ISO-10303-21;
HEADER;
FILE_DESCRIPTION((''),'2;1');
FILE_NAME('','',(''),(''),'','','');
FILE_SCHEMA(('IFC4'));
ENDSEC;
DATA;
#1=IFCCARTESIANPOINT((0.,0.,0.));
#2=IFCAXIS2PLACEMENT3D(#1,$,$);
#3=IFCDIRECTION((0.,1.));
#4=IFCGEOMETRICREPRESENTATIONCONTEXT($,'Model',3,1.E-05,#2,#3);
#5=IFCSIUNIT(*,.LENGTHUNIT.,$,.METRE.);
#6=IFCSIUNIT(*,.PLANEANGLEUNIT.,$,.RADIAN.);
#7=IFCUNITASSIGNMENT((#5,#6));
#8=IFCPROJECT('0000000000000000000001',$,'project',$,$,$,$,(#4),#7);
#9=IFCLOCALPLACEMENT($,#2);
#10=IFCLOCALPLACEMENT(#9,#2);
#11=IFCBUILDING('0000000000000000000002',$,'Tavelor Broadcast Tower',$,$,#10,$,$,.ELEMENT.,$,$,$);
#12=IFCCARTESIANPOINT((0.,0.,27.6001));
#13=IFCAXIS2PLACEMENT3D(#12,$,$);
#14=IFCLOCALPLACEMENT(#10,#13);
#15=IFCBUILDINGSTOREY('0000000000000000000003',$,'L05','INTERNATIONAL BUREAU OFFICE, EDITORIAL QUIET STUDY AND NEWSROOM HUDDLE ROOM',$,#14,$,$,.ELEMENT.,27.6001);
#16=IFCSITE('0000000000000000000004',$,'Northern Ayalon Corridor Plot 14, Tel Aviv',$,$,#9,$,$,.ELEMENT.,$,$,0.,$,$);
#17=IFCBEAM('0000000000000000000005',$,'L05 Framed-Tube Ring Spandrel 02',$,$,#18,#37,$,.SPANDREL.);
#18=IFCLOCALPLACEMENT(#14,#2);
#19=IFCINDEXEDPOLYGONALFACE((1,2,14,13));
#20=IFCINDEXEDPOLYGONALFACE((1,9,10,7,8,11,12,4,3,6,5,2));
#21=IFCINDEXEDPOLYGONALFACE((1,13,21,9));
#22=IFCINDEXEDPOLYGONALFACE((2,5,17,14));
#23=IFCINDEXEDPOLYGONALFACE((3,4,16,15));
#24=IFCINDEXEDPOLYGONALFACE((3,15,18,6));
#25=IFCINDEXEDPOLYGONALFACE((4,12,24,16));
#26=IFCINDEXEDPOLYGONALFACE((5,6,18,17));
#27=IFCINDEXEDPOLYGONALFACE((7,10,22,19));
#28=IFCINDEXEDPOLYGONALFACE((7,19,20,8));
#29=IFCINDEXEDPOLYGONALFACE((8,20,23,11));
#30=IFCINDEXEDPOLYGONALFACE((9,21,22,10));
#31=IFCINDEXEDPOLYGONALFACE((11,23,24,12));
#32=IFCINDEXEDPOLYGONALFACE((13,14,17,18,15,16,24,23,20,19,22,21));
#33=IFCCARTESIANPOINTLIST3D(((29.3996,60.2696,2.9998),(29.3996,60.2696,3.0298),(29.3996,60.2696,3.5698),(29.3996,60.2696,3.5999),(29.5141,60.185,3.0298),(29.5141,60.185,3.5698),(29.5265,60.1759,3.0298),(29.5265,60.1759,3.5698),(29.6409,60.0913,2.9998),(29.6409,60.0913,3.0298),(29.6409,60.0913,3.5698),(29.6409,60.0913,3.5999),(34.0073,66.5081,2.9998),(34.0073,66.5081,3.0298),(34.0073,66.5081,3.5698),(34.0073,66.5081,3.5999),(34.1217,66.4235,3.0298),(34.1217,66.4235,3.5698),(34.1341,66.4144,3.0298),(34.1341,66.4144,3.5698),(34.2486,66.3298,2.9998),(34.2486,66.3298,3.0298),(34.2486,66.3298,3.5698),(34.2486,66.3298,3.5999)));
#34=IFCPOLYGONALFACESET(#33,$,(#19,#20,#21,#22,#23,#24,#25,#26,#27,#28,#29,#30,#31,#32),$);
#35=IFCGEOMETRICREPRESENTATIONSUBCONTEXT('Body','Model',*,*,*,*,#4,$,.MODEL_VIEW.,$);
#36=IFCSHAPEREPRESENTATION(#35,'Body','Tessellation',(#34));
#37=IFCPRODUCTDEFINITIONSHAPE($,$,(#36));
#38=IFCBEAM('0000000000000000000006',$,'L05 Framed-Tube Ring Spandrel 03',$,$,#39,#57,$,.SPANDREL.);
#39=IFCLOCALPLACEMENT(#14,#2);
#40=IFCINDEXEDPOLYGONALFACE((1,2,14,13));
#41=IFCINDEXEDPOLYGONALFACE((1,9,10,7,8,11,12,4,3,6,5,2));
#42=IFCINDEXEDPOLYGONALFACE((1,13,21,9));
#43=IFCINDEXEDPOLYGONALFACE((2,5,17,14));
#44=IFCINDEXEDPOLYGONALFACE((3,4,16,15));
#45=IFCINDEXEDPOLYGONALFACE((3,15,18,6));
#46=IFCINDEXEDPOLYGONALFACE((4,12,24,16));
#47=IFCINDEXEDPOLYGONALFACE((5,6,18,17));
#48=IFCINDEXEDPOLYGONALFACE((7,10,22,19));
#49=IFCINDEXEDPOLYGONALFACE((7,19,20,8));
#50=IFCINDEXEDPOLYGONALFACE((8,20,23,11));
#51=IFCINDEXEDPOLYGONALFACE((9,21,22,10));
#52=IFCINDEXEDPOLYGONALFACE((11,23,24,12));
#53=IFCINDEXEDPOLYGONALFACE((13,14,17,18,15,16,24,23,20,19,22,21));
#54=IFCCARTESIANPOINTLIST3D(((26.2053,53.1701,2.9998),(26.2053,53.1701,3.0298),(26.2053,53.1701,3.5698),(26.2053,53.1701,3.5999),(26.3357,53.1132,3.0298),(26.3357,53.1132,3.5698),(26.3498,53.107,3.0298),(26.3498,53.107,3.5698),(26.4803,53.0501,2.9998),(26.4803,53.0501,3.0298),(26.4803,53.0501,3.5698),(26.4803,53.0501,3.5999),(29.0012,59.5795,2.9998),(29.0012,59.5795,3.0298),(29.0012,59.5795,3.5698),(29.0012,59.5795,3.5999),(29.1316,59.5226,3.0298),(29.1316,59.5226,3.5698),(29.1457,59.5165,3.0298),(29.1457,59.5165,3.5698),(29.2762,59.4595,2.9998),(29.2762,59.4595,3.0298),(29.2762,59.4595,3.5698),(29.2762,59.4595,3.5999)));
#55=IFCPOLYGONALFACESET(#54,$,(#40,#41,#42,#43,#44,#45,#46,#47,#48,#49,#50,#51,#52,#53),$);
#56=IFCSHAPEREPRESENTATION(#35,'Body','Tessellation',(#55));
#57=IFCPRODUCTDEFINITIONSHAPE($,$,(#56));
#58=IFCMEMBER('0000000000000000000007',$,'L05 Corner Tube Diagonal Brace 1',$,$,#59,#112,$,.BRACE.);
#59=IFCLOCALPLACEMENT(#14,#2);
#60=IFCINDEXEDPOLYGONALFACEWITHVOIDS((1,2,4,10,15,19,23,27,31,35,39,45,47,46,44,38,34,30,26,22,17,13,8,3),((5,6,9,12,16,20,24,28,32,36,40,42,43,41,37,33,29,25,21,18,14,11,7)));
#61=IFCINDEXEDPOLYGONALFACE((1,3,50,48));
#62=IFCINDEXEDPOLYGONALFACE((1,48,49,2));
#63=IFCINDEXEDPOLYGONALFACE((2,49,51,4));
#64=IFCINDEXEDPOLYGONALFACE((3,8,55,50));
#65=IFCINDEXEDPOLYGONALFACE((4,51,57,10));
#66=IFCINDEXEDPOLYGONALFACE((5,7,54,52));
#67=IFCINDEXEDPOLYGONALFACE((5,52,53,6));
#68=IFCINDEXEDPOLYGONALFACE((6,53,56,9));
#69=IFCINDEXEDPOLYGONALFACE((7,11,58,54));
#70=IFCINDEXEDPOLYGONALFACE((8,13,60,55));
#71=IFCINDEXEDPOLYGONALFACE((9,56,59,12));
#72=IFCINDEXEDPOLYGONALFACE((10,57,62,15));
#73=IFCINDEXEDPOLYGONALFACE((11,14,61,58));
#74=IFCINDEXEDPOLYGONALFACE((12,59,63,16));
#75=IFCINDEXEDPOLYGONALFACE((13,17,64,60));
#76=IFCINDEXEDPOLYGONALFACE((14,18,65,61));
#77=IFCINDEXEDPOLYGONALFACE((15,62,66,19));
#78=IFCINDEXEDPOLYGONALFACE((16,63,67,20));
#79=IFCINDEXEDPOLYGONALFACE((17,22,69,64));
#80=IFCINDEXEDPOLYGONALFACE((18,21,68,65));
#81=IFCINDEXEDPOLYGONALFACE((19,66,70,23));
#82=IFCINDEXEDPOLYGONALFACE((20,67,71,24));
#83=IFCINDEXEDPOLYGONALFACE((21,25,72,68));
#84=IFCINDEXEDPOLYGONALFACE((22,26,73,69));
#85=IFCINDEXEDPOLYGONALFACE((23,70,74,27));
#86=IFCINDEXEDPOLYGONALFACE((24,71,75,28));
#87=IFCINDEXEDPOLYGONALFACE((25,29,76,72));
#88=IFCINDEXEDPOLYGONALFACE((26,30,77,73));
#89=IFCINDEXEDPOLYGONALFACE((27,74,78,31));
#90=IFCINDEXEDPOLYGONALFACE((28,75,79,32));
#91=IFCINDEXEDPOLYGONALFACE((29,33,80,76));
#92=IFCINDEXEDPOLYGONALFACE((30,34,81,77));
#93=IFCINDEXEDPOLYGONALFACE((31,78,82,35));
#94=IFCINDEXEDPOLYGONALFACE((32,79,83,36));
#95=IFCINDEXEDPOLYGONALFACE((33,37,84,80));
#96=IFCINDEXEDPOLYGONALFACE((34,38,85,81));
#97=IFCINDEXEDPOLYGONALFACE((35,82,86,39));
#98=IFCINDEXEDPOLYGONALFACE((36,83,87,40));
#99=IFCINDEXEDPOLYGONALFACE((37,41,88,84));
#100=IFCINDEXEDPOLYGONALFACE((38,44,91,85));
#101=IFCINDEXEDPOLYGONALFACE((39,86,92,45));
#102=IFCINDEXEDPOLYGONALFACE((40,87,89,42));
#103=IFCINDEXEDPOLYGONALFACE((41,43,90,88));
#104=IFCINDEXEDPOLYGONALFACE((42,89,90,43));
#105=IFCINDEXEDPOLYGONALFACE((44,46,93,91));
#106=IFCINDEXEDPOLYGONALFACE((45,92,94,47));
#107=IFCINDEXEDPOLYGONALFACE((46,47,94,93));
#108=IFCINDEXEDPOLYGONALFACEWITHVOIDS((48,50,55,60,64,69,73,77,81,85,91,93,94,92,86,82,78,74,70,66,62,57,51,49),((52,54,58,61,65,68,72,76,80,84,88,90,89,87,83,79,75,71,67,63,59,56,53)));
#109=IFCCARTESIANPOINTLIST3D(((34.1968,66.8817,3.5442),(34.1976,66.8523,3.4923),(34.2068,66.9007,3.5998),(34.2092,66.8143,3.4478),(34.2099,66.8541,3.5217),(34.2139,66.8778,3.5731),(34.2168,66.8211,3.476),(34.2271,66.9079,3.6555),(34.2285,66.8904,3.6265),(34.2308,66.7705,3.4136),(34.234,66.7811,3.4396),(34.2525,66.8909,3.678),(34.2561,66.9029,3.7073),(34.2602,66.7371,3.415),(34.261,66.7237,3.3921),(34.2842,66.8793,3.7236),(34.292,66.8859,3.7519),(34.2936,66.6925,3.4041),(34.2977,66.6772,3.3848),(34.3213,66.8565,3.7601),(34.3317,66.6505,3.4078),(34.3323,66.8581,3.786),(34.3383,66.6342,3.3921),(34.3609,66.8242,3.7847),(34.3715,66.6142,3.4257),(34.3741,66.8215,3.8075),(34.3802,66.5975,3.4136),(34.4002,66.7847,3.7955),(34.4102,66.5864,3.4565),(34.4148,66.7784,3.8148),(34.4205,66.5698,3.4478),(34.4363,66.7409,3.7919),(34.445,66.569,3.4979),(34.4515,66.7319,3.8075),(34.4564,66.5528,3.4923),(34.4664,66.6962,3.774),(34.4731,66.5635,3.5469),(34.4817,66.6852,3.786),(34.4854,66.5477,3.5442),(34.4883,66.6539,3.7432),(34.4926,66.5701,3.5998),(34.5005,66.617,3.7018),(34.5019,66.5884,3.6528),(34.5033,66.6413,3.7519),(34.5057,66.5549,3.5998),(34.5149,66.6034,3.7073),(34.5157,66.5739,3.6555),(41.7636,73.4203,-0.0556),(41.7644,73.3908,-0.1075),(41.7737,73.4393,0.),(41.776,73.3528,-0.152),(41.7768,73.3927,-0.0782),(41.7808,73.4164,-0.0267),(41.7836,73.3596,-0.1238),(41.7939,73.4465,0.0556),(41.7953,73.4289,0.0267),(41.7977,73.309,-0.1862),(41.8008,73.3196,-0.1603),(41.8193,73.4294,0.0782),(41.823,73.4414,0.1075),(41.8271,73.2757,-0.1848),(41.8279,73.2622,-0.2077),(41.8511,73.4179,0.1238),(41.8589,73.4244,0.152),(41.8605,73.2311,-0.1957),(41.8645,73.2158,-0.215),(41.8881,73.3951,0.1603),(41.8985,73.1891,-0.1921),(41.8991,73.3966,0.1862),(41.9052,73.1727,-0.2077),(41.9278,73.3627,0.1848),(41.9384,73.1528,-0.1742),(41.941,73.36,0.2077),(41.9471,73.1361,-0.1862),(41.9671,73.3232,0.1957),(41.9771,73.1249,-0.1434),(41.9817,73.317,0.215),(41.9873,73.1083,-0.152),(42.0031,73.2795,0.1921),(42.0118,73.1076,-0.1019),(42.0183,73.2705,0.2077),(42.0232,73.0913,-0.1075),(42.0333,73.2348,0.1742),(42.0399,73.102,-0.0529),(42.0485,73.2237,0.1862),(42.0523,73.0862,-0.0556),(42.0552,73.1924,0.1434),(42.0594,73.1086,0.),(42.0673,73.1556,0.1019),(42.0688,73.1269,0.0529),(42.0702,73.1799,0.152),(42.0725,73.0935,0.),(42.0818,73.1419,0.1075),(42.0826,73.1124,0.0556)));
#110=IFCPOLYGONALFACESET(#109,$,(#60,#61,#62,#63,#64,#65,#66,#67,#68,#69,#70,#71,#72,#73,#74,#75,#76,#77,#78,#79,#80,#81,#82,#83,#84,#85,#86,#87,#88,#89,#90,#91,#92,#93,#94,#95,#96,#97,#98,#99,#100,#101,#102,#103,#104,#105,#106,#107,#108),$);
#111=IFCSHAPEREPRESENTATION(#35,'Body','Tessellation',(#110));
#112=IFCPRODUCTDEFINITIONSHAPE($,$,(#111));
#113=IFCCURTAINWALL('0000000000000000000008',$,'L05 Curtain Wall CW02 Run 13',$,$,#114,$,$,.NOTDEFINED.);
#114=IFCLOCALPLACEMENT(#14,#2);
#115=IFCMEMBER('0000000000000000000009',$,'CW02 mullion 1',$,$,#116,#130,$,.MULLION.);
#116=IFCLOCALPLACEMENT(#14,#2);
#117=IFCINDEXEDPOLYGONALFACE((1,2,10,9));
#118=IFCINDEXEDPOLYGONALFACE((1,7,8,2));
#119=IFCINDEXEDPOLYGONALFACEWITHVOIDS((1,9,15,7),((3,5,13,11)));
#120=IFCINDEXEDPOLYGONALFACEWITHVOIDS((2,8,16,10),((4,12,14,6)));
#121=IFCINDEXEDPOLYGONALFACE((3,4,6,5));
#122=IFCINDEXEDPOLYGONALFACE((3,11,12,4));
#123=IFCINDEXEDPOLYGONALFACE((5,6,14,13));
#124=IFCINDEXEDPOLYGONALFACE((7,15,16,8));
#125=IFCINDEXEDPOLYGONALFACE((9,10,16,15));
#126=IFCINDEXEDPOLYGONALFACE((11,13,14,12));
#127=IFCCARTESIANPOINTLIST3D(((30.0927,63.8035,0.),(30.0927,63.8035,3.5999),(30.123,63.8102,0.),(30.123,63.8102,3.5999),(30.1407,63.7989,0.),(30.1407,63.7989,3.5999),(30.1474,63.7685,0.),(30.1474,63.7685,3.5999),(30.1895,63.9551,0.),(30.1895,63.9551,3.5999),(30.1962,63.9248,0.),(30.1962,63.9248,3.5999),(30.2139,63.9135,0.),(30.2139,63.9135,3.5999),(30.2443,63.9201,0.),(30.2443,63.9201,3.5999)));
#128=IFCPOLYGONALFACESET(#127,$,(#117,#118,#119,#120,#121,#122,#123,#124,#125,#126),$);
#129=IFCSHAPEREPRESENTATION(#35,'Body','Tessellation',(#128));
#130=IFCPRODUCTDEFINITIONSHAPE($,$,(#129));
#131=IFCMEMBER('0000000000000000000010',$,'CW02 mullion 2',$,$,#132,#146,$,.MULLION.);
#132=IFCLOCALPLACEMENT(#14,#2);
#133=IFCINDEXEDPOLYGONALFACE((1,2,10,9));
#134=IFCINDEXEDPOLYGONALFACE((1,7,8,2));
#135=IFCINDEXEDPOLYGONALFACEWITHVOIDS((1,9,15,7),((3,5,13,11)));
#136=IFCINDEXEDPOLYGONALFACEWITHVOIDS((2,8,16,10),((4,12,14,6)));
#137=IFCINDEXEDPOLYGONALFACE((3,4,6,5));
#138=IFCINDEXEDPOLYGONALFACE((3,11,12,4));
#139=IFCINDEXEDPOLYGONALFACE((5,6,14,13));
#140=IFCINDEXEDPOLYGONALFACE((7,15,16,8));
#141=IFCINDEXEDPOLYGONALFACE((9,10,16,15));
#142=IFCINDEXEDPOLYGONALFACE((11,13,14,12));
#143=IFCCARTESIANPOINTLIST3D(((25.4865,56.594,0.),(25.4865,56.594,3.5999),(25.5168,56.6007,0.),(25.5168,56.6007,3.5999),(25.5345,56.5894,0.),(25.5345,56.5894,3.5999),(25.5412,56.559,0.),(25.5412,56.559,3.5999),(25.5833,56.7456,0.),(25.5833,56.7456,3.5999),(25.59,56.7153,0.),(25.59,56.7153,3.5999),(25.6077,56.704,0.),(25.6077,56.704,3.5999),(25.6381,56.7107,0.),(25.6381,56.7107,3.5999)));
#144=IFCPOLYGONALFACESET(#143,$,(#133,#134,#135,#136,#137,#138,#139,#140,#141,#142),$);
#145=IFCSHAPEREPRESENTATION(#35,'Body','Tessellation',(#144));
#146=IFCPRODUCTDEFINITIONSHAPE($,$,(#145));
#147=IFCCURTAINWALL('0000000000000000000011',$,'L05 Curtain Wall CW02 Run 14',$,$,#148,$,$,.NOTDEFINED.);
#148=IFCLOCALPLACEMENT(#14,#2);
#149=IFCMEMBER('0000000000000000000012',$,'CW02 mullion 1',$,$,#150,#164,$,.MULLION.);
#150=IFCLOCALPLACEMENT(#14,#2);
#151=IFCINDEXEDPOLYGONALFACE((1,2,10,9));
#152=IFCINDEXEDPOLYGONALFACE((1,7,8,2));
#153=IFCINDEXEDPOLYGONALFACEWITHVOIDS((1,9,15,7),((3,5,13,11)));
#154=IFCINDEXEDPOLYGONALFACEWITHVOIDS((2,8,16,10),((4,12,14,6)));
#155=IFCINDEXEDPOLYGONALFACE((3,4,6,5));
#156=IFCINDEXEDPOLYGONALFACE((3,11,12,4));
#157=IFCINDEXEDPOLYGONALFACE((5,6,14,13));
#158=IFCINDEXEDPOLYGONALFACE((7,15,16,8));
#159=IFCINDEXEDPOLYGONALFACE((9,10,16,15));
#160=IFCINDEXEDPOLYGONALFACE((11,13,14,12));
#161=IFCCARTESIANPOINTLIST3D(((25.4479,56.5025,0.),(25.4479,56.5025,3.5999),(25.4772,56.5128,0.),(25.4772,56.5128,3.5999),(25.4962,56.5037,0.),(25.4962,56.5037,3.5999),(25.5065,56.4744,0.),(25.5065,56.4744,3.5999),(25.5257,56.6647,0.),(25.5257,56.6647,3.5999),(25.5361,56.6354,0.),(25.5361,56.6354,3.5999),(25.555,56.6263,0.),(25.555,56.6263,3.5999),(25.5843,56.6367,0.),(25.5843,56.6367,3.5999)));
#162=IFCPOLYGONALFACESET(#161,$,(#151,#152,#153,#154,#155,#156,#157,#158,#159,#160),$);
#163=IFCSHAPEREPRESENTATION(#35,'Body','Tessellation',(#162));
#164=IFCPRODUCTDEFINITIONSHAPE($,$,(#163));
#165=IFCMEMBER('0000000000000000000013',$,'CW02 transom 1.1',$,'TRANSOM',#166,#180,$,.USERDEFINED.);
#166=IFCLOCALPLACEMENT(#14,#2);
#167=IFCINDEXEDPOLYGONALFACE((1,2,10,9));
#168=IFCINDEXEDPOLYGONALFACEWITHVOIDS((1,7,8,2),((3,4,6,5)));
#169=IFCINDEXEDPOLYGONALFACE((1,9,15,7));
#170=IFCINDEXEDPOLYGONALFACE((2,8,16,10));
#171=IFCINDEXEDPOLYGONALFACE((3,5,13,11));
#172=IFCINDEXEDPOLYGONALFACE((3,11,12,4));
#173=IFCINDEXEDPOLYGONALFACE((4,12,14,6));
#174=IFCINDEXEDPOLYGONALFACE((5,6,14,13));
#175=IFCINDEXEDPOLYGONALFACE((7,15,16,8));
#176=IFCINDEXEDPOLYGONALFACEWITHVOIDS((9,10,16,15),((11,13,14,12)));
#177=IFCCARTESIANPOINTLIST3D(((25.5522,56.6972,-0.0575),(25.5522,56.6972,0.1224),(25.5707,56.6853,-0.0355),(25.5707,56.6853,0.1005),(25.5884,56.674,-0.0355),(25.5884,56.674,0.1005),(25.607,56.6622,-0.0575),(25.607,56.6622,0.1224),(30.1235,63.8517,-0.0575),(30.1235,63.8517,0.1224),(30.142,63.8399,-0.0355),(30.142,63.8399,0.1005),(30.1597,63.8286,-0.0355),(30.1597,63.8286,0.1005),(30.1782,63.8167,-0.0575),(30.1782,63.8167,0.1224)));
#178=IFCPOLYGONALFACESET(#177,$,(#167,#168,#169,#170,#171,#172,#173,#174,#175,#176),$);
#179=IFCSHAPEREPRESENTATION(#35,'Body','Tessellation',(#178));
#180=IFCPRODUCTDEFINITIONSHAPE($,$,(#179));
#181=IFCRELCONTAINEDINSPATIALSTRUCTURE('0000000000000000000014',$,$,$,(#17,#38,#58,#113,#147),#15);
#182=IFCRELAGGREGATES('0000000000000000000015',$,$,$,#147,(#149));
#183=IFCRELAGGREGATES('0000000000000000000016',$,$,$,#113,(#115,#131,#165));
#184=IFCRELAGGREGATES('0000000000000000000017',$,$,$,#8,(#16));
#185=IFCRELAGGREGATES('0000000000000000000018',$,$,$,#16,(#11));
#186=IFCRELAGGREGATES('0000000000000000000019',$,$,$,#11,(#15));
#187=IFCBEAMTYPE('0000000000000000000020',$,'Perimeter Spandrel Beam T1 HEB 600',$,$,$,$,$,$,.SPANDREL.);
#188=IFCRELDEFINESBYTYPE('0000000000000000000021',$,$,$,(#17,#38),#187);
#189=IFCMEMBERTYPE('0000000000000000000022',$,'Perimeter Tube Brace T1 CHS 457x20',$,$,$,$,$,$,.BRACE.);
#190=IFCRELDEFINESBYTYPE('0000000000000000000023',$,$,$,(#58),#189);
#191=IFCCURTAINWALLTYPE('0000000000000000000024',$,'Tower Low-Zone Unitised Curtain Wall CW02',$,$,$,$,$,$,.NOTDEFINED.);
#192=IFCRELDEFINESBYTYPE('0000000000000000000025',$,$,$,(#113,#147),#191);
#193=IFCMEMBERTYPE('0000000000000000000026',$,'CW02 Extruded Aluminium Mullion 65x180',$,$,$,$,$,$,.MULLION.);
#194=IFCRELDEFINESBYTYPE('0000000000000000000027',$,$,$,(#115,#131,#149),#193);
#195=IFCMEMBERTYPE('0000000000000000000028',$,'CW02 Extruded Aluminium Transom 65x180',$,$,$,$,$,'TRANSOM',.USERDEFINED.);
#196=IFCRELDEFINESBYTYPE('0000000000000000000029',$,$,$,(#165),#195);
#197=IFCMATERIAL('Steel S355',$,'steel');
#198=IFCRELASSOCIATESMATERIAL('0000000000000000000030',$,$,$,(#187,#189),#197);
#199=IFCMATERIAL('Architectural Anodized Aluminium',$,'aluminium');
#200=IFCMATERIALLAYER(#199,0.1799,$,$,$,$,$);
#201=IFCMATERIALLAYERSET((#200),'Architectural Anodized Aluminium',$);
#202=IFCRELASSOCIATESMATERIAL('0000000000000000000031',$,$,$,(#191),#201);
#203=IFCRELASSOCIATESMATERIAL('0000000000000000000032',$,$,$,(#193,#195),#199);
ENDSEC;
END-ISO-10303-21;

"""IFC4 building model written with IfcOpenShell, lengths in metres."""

from ifc_helpers import new_model, si_unit, direction, frame, origin, origin_2d, place, context, subcontext, project, spatial, hollow_rectangle, hollow_circle, i_section, extrude, source, transform, mapped, material, layer, layer_set, material_profile, profile_set, type_object, type_shapes, element, aggregate, save


model = new_model("IFC4")

# Units and contexts
model_context = context("Model", 3, precision=1e-05, world=origin(), true_north=direction((0.0, 1.0)))
body_context = subcontext(model_context, "Body", "Model", "MODEL_VIEW")
ifc_project = project(units=[si_unit("LENGTHUNIT", "METRE"), si_unit("PLANEANGLEUNIT", "RADIAN")], contexts=[model_context])

# Site, building, storey
site_placement = place(None, origin())
site = spatial("IfcSite", under=ifc_project, at=site_placement, Name="Northern Ayalon Corridor Plot 14, Tel Aviv", CompositionType="ELEMENT", RefElevation=0.0)
building_placement = place(site_placement, origin())
building = spatial("IfcBuilding", under=site, at=building_placement, Name="Tavelor Broadcast Tower", CompositionType="ELEMENT")
storey_placement = place(building_placement, frame((0.0, 0.0, 27.6001)))
storey = spatial("IfcBuildingStorey", under=building, at=storey_placement, Name="L05", Description="INTERNATIONAL BUREAU OFFICE, EDITORIAL QUIET STUDY AND NEWSROOM HUDDLE ROOM", CompositionType="ELEMENT", Elevation=27.6001)

# Beams
ifc_material_1 = material(Name="Steel S355", Category="steel")
ifc_material_profile_1 = material_profile(ifc_material_1, i_section(OverallWidth=0.3, OverallDepth=0.6001, WebThickness=0.0154, FlangeThickness=0.03, at=origin_2d()), Name="HEB 600")
ifc_profile_set_1 = profile_set([ifc_material_profile_1], Name="Steel S355")
beam_type_1 = type_object("IfcBeamType", Name="Perimeter Spandrel Beam T1 HEB 600", PredefinedType="SPANDREL", material=ifc_profile_set_1)
beam_1_placement = place(storey_placement, frame((34.1279, 66.4189, 3.2998), z_axis=(-0.594106, -0.804387, 0.0), x_axis=(0.804387, -0.594106, 0.0)))
element("IfcBeam", 1, at=beam_1_placement, inside=storey, type_object=beam_type_1, Name="L05 Framed-Tube Ring Spandrel 02", PredefinedType="SPANDREL", context=body_context, shape_type="SweptSolid", body=[
    extrude(i_section(OverallWidth=0.3, OverallDepth=0.6001, WebThickness=0.0154, FlangeThickness=0.03, at=origin_2d()), origin(), (0.0, 0.0, 1.0), 7.7556),
])
beam_2_placement = place(storey_placement, frame((29.1387, 59.5195, 3.2998), z_axis=(-0.399831, -0.916589, 0.0), x_axis=(0.916589, -0.399831, 0.0)))
element("IfcBeam", 2, at=beam_2_placement, inside=storey, type_object=beam_type_1, Name="L05 Framed-Tube Ring Spandrel 03", PredefinedType="SPANDREL", context=body_context, shape_type="SweptSolid", body=[
    extrude(i_section(OverallWidth=0.3, OverallDepth=0.6001, WebThickness=0.0154, FlangeThickness=0.03, at=origin_2d()), origin(), (0.0, 0.0, 1.0), 6.9927),
])

# Member
ifc_material_profile_2 = material_profile(ifc_material_1, hollow_circle(Radius=0.2285, WallThickness=0.02, at=origin_2d()), Name="CHS 457x20")
ifc_profile_set_2 = profile_set([ifc_material_profile_2], Name="Steel S355")
member_type_1 = type_object("IfcMemberType", Name="Perimeter Tube Brace T1 CHS 457x20", PredefinedType="BRACE", material=ifc_profile_set_2)
member_1_placement = place(storey_placement, frame((41.9231, 73.2664, 0.0), z_axis=(-0.711929, -0.61518, 0.338691), x_axis=(0.653822, -0.756648, 0.0)))
element("IfcMember", 3, at=member_1_placement, inside=storey, type_object=member_type_1, Name="L05 Corner Tube Diagonal Brace 1", PredefinedType="BRACE", context=body_context, shape_type="SweptSolid", body=[
    extrude(hollow_circle(Radius=0.2285, WallThickness=0.02, at=origin_2d()), origin(), (0.0, 0.0, 1.0), 10.6287),
])

# Curtain wall, members
ifc_material_2 = material(Name="Architectural Anodized Aluminium", Category="aluminium")
ifc_layer_1 = layer(ifc_material_2, 0.1799)
ifc_layer_set_1 = layer_set([ifc_layer_1], Name="Architectural Anodized Aluminium")
curtain_wall_type = type_object("IfcCurtainWallType", Name="Tower Low-Zone Unitised Curtain Wall CW02", PredefinedType="NOTDEFINED", material=ifc_layer_set_1)
curtain_wall_1_placement = place(storey_placement, origin())
curtain_wall_1 = element("IfcCurtainWall", 4, at=curtain_wall_1_placement, inside=storey, type_object=curtain_wall_type, Name="L05 Curtain Wall CW02 Run 13", PredefinedType="NOTDEFINED")
ifc_material_profile_3 = material_profile(ifc_material_2, hollow_rectangle(XDim=0.0649, YDim=0.1799, WallThickness=0.022, at=origin_2d()), Name="RHS 65x180x22")
ifc_profile_set_3 = profile_set([ifc_material_profile_3], Name="Architectural Anodized Aluminium")
member_type_2 = type_object("IfcMemberType", Name="CW02 Extruded Aluminium Mullion 65x180", PredefinedType="MULLION", material=ifc_profile_set_3)
shared_shape_1 = source(origin(), body_context, "Body", "SweptSolid", [
    extrude(hollow_rectangle(XDim=0.0649, YDim=0.1799, WallThickness=0.022, at=origin_2d()), origin(), (0.0, 0.0, 1.0), 3.5999),
])
type_shapes(member_type_2, [shared_shape_1])
member_2_placement = place(storey_placement, frame((30.1685, 63.8618, 0.0), z_axis=(0.0, 0.0, 1.0), x_axis=(0.842683, -0.53841, 0.0)))
member_2 = element("IfcMember", 5, at=member_2_placement, type_object=member_type_2, Name="CW02 mullion 1", PredefinedType="MULLION", context=body_context, shape_type="MappedRepresentation", body=[
    mapped(shared_shape_1, transform((0.0, 0.0, 0.0), scale=1.0)),
])
member_3_placement = place(storey_placement, frame((25.5623, 56.6523, 0.0), z_axis=(0.0, 0.0, 1.0), x_axis=(0.842683, -0.53841, 0.0)))
member_3 = element("IfcMember", 6, at=member_3_placement, type_object=member_type_2, Name="CW02 mullion 2", PredefinedType="MULLION", context=body_context, shape_type="MappedRepresentation", body=[
    mapped(shared_shape_1, transform((0.0, 0.0, 0.0), scale=1.0)),
])

# Curtain wall, member
curtain_wall_2_placement = place(storey_placement, origin())
curtain_wall_2 = element("IfcCurtainWall", 7, at=curtain_wall_2_placement, inside=storey, type_object=curtain_wall_type, Name="L05 Curtain Wall CW02 Run 14", PredefinedType="NOTDEFINED")
member_4_placement = place(storey_placement, frame((25.5161, 56.5696, 0.0), z_axis=(0.0, 0.0, 1.0), x_axis=(0.901647, -0.432474, 0.0)))
member_4 = element("IfcMember", 8, at=member_4_placement, type_object=member_type_2, Name="CW02 mullion 1", PredefinedType="MULLION", context=body_context, shape_type="MappedRepresentation", body=[
    mapped(shared_shape_1, transform((0.0, 0.0, 0.0), scale=1.0)),
])
aggregate(curtain_wall_2, [member_4])

# Member
ifc_material_profile_4 = material_profile(ifc_material_2, hollow_rectangle(XDim=0.0649, YDim=0.1799, WallThickness=0.022, at=origin_2d()), Name="RHS 65x180x22")
ifc_profile_set_4 = profile_set([ifc_material_profile_4], Name="Architectural Anodized Aluminium")
member_type_3 = type_object("IfcMemberType", Name="CW02 Extruded Aluminium Transom 65x180", ElementType="TRANSOM", PredefinedType="USERDEFINED", material=ifc_profile_set_4)
shared_shape_2 = source(origin(), body_context, "Body", "SweptSolid", [
    extrude(hollow_rectangle(XDim=0.0649, YDim=0.1799, WallThickness=0.022, at=origin_2d()), origin(), (0.0, 0.0, 1.0), 8.4902),
])
type_shapes(member_type_3, [shared_shape_2])
member_5_placement = place(storey_placement, frame((30.1509, 63.8342, 0.0325), z_axis=(-0.538417, -0.842679, 0.0), x_axis=(0.842679, -0.538417, 0.0)))
member_5 = element("IfcMember", 9, at=member_5_placement, type_object=member_type_3, Name="CW02 transom 1.1", ObjectType="TRANSOM", PredefinedType="USERDEFINED", context=body_context, shape_type="MappedRepresentation", body=[
    mapped(shared_shape_2, transform((0.0, 0.0, 0.0), scale=1.0)),
])

aggregate(curtain_wall_1, [member_2, member_3, member_5])

save(model, "model.ifc")
